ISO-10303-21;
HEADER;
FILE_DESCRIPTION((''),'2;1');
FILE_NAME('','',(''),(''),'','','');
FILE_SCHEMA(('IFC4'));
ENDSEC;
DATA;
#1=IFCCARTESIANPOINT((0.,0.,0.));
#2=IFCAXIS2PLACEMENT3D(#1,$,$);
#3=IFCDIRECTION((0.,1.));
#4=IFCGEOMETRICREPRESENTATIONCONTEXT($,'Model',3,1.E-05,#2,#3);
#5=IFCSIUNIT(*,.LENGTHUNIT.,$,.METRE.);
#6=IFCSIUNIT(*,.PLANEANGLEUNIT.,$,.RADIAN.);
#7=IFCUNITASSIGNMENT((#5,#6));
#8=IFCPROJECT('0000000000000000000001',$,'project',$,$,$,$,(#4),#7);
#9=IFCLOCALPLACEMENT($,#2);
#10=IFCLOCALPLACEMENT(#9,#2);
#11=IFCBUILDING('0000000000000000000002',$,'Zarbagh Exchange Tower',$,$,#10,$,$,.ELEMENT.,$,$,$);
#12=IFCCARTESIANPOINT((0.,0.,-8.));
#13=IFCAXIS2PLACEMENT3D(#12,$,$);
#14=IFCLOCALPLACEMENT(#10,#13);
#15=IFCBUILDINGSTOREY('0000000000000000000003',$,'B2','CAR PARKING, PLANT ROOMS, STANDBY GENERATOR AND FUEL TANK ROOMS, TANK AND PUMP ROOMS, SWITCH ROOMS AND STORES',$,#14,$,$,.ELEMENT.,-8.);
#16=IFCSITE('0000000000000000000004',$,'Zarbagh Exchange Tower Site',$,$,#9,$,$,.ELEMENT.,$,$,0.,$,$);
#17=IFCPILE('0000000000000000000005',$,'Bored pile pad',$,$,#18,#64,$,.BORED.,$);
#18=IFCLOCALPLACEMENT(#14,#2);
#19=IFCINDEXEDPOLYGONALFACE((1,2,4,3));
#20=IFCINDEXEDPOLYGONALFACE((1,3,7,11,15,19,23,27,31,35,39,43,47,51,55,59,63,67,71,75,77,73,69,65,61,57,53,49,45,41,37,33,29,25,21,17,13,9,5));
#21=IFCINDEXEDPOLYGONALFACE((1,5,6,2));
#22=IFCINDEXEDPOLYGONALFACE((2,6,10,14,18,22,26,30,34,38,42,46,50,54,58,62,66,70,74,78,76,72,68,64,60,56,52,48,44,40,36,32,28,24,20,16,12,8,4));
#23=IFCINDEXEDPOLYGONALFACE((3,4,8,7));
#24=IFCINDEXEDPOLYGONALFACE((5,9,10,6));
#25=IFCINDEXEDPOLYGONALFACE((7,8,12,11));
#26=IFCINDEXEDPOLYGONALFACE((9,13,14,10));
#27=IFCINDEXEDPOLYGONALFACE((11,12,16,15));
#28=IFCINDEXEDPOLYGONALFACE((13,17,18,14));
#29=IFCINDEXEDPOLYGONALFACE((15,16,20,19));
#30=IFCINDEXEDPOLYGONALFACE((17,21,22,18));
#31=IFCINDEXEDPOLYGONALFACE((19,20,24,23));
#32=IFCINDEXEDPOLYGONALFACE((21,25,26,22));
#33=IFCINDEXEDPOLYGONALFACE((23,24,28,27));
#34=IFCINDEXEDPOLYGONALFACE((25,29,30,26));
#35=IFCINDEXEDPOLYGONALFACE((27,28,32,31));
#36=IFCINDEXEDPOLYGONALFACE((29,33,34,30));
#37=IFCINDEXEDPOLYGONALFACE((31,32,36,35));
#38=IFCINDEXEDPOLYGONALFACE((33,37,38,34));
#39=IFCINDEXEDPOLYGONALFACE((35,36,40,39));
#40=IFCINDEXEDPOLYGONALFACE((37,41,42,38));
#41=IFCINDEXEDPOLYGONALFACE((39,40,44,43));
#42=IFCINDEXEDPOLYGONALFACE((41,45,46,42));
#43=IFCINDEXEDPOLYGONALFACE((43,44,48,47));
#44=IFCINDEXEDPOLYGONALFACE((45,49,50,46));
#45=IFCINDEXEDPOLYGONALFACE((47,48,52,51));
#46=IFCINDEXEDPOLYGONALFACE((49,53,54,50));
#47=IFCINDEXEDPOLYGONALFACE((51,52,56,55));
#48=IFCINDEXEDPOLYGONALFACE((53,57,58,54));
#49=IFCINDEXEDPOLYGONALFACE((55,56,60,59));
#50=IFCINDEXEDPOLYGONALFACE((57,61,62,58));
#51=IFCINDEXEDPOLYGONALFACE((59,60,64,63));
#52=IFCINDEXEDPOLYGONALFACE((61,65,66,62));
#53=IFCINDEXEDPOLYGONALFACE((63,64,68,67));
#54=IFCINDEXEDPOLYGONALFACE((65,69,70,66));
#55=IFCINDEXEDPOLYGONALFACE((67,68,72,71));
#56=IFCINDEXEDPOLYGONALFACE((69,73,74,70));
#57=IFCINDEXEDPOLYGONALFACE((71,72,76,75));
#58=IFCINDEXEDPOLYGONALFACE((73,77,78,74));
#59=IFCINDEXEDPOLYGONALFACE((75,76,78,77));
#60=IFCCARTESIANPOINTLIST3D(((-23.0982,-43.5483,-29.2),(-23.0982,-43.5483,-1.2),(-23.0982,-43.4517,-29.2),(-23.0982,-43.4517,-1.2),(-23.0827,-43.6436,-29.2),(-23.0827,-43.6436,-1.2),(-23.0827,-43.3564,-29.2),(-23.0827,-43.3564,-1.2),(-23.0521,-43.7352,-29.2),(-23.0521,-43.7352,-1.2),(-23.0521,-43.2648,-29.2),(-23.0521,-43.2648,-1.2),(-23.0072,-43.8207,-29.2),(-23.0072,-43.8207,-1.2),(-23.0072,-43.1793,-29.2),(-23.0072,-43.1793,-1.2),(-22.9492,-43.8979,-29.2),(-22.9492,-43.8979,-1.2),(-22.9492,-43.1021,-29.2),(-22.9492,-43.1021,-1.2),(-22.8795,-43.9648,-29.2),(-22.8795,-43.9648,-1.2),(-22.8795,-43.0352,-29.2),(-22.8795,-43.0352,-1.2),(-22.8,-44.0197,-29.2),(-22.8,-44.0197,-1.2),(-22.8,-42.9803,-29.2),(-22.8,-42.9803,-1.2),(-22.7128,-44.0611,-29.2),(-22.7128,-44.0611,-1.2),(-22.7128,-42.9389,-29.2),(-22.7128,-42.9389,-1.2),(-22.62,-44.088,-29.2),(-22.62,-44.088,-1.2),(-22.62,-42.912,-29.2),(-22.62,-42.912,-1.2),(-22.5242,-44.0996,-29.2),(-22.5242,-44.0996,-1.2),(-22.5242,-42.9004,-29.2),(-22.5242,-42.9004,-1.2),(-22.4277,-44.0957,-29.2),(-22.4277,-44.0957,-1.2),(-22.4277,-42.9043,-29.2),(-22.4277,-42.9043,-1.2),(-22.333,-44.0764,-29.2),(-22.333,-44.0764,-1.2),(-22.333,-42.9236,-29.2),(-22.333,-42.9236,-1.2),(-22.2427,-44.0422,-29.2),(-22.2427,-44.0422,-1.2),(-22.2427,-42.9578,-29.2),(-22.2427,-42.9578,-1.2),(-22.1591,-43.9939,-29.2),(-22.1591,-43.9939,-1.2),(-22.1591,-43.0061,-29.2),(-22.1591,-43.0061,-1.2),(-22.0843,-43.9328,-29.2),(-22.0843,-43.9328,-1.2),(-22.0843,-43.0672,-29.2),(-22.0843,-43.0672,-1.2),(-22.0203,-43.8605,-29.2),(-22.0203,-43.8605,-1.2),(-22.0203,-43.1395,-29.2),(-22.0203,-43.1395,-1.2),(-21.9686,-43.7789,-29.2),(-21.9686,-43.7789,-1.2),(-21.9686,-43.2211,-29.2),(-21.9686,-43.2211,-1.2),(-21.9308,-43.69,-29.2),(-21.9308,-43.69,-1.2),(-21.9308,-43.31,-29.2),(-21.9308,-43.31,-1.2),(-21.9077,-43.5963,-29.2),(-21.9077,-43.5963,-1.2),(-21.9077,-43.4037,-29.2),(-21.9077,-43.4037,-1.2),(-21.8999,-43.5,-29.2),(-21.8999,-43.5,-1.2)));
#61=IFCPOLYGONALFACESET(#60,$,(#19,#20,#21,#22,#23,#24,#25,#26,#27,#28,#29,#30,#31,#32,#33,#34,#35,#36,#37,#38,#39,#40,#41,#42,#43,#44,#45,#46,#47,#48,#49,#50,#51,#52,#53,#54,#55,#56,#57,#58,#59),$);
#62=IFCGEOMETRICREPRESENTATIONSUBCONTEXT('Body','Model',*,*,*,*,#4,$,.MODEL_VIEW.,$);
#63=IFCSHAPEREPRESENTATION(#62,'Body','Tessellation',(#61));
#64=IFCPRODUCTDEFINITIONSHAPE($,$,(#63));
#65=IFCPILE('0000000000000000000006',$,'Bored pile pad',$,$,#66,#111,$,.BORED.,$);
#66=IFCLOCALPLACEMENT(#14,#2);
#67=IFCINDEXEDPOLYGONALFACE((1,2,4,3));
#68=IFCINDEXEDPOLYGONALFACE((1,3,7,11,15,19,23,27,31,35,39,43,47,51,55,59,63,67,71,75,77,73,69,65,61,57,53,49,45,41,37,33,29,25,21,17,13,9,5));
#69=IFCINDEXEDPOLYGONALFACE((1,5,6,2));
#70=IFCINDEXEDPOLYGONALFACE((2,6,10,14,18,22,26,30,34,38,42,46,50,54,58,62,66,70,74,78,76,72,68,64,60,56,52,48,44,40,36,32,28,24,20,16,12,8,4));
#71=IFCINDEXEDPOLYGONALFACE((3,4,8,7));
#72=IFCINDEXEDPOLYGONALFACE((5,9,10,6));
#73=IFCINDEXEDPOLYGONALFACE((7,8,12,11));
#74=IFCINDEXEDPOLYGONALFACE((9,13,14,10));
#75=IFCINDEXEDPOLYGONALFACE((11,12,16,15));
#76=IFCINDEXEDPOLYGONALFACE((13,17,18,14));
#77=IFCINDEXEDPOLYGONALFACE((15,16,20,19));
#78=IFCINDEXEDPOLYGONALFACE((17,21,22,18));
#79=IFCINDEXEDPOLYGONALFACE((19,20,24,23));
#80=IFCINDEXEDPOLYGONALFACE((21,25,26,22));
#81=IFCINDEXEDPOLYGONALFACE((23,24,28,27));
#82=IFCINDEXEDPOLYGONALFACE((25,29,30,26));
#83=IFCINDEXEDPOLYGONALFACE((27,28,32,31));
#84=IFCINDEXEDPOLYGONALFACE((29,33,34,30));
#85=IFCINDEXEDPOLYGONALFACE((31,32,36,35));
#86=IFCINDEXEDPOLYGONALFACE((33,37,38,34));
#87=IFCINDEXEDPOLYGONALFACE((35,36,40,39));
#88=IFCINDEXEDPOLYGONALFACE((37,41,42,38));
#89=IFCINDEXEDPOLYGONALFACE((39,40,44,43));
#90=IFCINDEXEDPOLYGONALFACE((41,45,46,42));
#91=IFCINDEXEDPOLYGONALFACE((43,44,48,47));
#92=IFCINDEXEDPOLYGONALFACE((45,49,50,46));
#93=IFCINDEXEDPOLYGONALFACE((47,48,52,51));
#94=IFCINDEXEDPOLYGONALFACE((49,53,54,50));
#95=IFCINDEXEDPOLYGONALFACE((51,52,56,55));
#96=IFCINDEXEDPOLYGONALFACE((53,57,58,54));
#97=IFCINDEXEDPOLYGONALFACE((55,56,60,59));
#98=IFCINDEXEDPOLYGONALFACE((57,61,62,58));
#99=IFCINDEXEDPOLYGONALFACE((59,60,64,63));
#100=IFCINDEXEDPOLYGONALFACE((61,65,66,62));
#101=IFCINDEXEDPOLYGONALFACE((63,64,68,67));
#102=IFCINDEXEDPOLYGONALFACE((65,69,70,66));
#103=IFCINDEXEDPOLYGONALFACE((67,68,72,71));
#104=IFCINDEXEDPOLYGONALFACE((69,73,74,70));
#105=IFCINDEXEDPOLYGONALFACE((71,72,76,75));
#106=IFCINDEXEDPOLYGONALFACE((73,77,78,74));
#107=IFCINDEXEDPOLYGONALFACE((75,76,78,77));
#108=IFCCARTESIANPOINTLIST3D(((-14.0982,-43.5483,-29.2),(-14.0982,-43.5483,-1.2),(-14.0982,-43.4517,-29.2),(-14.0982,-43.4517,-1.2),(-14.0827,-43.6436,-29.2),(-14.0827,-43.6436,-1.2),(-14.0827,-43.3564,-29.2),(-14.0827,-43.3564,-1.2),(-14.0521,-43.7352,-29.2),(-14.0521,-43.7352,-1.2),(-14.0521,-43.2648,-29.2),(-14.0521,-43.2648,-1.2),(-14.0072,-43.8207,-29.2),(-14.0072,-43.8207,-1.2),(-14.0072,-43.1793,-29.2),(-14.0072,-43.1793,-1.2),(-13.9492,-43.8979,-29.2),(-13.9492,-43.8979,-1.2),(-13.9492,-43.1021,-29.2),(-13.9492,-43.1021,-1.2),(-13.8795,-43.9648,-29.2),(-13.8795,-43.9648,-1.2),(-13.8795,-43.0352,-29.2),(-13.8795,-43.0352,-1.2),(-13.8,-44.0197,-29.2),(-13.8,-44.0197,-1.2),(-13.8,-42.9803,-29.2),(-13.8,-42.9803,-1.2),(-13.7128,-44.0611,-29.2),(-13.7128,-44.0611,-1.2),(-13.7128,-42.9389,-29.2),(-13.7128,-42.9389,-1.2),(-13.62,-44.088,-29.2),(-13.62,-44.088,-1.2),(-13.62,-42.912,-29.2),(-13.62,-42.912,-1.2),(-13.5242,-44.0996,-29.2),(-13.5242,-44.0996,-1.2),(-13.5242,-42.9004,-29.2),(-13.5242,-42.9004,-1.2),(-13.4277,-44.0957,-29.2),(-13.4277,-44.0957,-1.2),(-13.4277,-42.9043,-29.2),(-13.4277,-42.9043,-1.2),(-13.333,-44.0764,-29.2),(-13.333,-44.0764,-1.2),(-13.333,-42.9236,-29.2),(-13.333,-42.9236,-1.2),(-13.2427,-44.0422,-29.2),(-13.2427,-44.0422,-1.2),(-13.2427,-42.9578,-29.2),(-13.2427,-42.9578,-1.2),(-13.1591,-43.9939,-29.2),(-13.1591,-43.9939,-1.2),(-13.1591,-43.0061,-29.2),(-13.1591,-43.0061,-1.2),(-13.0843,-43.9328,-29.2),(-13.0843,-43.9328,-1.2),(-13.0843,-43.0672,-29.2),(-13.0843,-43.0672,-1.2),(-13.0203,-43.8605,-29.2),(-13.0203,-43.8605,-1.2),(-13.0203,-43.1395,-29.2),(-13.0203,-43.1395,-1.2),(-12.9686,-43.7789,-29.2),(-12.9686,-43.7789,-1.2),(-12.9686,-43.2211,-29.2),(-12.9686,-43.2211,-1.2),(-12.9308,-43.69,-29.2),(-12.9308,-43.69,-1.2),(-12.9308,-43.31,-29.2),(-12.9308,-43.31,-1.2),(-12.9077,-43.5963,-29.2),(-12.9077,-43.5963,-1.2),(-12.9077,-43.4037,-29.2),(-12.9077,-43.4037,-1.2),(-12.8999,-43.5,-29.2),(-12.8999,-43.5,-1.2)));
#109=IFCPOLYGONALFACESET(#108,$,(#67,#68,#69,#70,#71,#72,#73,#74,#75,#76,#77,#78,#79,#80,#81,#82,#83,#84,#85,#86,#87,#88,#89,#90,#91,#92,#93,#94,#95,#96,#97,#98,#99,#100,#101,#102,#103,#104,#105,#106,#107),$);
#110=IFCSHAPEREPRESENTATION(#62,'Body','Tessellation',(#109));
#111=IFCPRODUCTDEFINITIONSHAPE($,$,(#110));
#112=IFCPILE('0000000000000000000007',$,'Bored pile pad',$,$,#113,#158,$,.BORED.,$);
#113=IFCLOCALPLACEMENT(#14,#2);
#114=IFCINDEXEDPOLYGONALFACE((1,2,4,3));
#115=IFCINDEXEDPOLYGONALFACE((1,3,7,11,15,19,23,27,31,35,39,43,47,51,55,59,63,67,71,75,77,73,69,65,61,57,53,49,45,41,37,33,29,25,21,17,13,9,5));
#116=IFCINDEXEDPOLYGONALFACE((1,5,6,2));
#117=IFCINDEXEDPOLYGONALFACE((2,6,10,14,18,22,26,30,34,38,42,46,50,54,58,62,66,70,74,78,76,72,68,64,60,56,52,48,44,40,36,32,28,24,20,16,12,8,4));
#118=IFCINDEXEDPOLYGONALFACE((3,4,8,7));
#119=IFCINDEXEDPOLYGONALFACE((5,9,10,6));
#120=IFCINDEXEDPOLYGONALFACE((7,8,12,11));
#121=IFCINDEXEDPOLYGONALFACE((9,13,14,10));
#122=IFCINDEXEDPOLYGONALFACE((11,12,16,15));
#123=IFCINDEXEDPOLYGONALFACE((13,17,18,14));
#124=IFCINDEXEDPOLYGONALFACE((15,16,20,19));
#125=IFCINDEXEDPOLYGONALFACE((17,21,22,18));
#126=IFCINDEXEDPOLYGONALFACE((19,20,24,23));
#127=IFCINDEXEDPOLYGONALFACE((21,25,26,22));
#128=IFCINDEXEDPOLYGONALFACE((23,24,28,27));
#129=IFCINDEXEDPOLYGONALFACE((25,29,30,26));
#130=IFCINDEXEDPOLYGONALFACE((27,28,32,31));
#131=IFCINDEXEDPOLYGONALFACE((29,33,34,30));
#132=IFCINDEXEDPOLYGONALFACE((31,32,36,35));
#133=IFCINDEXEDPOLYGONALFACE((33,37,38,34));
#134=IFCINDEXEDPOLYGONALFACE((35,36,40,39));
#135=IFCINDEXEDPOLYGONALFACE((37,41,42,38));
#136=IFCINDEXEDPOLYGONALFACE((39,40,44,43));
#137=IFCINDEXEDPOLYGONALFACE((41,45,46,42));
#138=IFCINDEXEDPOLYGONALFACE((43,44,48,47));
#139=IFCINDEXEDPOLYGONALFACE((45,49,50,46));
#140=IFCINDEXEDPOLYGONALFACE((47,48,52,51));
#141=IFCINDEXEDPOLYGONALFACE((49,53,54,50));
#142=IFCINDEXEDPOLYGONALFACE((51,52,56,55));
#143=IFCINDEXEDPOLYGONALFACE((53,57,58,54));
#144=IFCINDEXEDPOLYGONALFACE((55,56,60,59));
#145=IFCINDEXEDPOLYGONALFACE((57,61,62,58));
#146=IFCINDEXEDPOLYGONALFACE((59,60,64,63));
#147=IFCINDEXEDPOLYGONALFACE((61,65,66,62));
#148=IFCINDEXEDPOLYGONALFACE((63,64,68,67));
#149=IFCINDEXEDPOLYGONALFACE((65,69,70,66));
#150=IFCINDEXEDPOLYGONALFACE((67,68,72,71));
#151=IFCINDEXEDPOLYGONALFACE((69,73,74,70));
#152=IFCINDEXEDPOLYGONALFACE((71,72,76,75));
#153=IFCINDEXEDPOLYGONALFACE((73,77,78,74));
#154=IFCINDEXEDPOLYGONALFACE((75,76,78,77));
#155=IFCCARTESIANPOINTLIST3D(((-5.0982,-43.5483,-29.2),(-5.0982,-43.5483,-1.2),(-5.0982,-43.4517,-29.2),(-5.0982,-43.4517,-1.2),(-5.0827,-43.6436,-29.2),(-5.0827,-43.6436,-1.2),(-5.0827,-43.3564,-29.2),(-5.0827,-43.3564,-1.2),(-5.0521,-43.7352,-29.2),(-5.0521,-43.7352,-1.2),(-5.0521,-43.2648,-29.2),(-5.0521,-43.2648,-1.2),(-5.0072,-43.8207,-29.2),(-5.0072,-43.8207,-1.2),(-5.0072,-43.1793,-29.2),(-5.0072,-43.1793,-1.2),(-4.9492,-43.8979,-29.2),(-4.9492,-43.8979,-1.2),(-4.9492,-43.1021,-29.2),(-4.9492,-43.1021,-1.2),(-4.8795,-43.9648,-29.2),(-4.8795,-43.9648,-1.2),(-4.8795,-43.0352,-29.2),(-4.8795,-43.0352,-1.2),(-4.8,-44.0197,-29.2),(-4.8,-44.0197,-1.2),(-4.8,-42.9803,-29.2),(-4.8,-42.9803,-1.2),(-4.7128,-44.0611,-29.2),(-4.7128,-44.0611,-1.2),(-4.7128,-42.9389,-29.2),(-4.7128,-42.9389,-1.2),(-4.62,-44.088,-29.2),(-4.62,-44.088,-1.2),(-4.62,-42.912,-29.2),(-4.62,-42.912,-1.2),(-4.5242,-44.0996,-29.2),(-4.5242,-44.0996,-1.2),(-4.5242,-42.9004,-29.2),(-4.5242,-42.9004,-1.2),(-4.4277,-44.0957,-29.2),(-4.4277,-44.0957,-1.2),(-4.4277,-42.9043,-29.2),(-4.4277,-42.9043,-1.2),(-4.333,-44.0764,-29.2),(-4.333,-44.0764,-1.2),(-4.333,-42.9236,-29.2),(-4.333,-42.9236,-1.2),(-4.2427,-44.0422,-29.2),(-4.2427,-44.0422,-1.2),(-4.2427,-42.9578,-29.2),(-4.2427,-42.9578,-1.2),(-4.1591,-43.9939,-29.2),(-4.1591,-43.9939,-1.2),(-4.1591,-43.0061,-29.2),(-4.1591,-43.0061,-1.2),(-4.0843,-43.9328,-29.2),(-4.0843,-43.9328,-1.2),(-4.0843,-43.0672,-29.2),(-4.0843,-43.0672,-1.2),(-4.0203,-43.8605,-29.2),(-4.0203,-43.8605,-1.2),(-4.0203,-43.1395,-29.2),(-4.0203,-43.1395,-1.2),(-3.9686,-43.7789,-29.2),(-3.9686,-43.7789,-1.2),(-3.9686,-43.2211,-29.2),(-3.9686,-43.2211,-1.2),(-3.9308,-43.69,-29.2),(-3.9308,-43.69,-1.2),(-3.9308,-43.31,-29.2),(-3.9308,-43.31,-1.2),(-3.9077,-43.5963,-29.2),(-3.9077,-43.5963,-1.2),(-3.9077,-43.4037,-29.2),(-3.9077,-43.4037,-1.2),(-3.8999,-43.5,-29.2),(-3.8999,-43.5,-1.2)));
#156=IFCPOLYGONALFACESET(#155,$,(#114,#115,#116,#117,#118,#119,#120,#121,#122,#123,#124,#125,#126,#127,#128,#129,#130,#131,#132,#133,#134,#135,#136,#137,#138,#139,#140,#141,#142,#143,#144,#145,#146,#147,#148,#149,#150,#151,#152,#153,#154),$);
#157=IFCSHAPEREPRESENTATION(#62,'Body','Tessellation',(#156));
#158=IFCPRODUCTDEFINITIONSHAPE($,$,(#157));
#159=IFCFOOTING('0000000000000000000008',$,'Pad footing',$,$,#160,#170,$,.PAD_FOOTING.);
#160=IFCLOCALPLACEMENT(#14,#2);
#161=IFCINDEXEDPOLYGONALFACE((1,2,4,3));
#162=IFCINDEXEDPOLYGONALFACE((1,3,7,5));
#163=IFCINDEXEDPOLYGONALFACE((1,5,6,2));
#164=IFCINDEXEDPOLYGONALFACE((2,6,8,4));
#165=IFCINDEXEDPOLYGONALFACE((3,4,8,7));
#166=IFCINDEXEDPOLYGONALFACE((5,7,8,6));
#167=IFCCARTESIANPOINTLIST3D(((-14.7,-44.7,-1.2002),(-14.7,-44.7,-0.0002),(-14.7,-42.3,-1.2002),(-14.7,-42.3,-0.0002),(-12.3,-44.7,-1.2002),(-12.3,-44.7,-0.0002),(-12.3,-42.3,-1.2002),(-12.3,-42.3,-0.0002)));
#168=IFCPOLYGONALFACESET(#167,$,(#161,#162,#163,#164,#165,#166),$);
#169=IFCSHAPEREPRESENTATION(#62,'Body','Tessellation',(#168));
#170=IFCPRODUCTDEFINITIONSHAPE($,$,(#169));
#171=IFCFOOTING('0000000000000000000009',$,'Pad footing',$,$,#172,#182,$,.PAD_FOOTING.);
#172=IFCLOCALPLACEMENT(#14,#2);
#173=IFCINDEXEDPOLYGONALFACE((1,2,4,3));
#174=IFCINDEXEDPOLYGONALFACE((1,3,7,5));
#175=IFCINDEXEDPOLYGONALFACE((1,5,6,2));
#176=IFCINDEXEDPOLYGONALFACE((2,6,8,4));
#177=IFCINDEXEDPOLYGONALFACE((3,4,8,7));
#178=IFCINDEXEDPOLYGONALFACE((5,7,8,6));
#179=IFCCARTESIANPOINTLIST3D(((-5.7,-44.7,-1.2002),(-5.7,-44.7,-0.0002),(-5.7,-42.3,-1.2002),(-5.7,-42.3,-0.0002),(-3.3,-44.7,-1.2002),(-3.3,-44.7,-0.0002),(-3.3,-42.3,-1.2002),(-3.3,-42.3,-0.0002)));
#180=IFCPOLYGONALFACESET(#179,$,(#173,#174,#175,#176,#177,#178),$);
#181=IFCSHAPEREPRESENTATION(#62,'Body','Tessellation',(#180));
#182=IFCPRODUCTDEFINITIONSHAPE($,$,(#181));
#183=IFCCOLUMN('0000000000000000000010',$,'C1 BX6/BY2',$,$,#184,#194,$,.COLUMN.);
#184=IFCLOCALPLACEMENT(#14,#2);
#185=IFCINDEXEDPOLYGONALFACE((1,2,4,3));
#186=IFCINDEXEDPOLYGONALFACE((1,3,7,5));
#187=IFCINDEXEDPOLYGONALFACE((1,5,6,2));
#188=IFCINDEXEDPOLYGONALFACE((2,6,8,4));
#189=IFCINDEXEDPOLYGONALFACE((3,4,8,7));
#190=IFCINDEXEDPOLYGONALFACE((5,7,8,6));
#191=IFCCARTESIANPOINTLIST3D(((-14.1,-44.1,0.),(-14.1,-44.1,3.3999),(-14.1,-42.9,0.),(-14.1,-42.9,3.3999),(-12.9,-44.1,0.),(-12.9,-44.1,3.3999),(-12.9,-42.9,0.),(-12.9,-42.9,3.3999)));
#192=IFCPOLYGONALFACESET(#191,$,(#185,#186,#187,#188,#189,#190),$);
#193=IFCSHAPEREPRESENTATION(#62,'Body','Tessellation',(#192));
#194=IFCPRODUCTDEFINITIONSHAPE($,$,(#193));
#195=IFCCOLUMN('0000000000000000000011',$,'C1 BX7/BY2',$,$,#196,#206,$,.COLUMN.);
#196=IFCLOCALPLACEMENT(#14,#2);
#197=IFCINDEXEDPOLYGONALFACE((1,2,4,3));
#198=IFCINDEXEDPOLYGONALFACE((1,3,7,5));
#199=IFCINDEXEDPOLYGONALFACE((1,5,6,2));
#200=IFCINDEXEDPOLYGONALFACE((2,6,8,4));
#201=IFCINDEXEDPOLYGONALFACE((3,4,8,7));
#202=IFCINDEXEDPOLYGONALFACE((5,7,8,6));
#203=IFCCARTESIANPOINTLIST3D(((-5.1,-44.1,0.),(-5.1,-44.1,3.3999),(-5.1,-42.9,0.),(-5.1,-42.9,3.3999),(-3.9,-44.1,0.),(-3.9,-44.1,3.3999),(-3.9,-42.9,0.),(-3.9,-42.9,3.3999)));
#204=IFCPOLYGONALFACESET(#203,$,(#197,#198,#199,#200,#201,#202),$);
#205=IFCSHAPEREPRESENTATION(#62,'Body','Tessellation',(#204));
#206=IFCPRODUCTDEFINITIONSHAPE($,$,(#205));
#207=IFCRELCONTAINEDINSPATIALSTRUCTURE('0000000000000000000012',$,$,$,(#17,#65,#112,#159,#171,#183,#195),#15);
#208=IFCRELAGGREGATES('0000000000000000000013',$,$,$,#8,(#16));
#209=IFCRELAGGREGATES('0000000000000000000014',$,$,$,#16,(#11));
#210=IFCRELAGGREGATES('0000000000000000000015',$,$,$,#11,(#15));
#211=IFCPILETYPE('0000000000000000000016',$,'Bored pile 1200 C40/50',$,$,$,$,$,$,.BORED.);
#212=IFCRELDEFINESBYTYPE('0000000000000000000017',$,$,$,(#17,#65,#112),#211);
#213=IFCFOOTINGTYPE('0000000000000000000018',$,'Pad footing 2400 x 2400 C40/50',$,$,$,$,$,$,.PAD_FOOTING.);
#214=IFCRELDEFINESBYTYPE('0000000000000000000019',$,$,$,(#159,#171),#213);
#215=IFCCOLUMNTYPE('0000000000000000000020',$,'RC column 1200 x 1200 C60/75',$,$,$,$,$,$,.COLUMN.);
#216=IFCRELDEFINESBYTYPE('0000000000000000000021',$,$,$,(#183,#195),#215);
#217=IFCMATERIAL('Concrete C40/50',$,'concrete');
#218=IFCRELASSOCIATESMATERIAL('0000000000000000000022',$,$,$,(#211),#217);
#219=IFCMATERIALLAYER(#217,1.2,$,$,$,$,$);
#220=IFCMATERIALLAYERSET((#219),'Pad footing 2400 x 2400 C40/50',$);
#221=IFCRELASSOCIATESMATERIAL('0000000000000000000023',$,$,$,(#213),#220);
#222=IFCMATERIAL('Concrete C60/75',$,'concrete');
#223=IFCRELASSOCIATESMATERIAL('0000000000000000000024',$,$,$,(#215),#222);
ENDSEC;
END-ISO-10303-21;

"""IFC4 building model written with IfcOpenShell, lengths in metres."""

from ifc_helpers import new_model, si_unit, direction, frame, origin, origin_2d, place, context, subcontext, project, spatial, rectangle, circle, extrude, material, layer, layer_set, material_profile, profile_set, type_object, element, save


model = new_model("IFC4")

# Units and contexts
model_context = context("Model", 3, precision=1e-05, world=origin(), true_north=direction((0.0, 1.0)))
body_context = subcontext(model_context, "Body", "Model", "MODEL_VIEW")
ifc_project = project(units=[si_unit("LENGTHUNIT", "METRE"), si_unit("PLANEANGLEUNIT", "RADIAN")], contexts=[model_context])

# Site, building, storey
site_placement = place(None, origin())
site = spatial("IfcSite", under=ifc_project, at=site_placement, Name="Zarbagh Exchange Tower Site", CompositionType="ELEMENT", RefElevation=0.0)
building_placement = place(site_placement, origin())
building = spatial("IfcBuilding", under=site, at=building_placement, Name="Zarbagh Exchange Tower", CompositionType="ELEMENT")
storey_placement = place(building_placement, frame((0.0, 0.0, -8.0)))
storey = spatial("IfcBuildingStorey", under=building, at=storey_placement, Name="B2", Description="CAR PARKING, PLANT ROOMS, STANDBY GENERATOR AND FUEL TANK ROOMS, TANK AND PUMP ROOMS, SWITCH ROOMS AND STORES", CompositionType="ELEMENT", Elevation=-8.0)

# Piles
ifc_material_1 = material(Name="Concrete C40/50", Category="concrete")
ifc_material_profile_1 = material_profile(ifc_material_1, circle(Radius=0.6001, at=origin_2d()), Name="Bored pile 1200 C40/50")
ifc_profile_set_1 = profile_set([ifc_material_profile_1], Name="Concrete C40/50")
pile_type = type_object("IfcPileType", Name="Bored pile 1200 C40/50", PredefinedType="BORED", material=ifc_profile_set_1)
for number, where, z_axis, x_axis, name in (
    (1, (-22.5, -43.5, -1.2), (0.0, 0.0, -1.0), (1.0, 0.0, 0.0), "Bored pile pad"),
    (2, (-13.5, -43.5, -1.2), (0.0, 0.0, -1.0), (1.0, 0.0, 0.0), "Bored pile pad"),
    (3, (-4.5, -43.5, -1.2), (0.0, 0.0, -1.0), (1.0, 0.0, 0.0), "Bored pile pad"),
):
    element("IfcPile", number, at=place(storey_placement, frame(where, z_axis=z_axis, x_axis=x_axis)), inside=storey, type_object=pile_type, Name=name, PredefinedType="BORED", context=body_context, shape_type="SweptSolid", body=[
        extrude(circle(Radius=0.6001, at=origin_2d()), origin(), (0.0, 0.0, 1.0), 28.0),
    ])

# Footings
ifc_layer_1 = layer(ifc_material_1, 1.2)
ifc_layer_set_1 = layer_set([ifc_layer_1], Name="Pad footing 2400 x 2400 C40/50")
footing_type = type_object("IfcFootingType", Name="Pad footing 2400 x 2400 C40/50", PredefinedType="PAD_FOOTING", material=ifc_layer_set_1)
for number, where, z_axis, x_axis, name in (
    (4, (-13.5, -43.5, -1.2002), (0.0, 0.0, 1.0), (1.0, 0.0, 0.0), "Pad footing"),
    (5, (-4.5, -43.5, -1.2002), (0.0, 0.0, 1.0), (1.0, 0.0, 0.0), "Pad footing"),
):
    element("IfcFooting", number, at=place(storey_placement, frame(where, z_axis=z_axis, x_axis=x_axis)), inside=storey, type_object=footing_type, Name=name, PredefinedType="PAD_FOOTING", context=body_context, shape_type="SweptSolid", body=[
        extrude(rectangle(XDim=2.3999, YDim=2.3999, at=origin_2d()), origin(), (0.0, 0.0, 1.0), 1.2),
    ])

# Columns
ifc_material_2 = material(Name="Concrete C60/75", Category="concrete")
ifc_material_profile_2 = material_profile(ifc_material_2, rectangle(XDim=1.2, YDim=1.2, at=origin_2d()), Name="RC column 1200 x 1200 C60/75")
ifc_profile_set_2 = profile_set([ifc_material_profile_2], Name="Concrete C60/75")
column_type = type_object("IfcColumnType", Name="RC column 1200 x 1200 C60/75", PredefinedType="COLUMN", material=ifc_profile_set_2)
for number, where, z_axis, x_axis, name in (
    (6, (-13.5, -43.5, 0.0), (0.0, 0.0, 1.0), (1.0, 0.0, 0.0), "C1 BX6/BY2"),
    (7, (-4.5, -43.5, 0.0), (0.0, 0.0, 1.0), (1.0, 0.0, 0.0), "C1 BX7/BY2"),
):
    element("IfcColumn", number, at=place(storey_placement, frame(where, z_axis=z_axis, x_axis=x_axis)), inside=storey, type_object=column_type, Name=name, PredefinedType="COLUMN", context=body_context, shape_type="SweptSolid", body=[
        extrude(rectangle(XDim=1.2, YDim=1.2, at=origin_2d()), origin(), (0.0, 0.0, 1.0), 3.3999),
    ])

save(model, "model.ifc")
